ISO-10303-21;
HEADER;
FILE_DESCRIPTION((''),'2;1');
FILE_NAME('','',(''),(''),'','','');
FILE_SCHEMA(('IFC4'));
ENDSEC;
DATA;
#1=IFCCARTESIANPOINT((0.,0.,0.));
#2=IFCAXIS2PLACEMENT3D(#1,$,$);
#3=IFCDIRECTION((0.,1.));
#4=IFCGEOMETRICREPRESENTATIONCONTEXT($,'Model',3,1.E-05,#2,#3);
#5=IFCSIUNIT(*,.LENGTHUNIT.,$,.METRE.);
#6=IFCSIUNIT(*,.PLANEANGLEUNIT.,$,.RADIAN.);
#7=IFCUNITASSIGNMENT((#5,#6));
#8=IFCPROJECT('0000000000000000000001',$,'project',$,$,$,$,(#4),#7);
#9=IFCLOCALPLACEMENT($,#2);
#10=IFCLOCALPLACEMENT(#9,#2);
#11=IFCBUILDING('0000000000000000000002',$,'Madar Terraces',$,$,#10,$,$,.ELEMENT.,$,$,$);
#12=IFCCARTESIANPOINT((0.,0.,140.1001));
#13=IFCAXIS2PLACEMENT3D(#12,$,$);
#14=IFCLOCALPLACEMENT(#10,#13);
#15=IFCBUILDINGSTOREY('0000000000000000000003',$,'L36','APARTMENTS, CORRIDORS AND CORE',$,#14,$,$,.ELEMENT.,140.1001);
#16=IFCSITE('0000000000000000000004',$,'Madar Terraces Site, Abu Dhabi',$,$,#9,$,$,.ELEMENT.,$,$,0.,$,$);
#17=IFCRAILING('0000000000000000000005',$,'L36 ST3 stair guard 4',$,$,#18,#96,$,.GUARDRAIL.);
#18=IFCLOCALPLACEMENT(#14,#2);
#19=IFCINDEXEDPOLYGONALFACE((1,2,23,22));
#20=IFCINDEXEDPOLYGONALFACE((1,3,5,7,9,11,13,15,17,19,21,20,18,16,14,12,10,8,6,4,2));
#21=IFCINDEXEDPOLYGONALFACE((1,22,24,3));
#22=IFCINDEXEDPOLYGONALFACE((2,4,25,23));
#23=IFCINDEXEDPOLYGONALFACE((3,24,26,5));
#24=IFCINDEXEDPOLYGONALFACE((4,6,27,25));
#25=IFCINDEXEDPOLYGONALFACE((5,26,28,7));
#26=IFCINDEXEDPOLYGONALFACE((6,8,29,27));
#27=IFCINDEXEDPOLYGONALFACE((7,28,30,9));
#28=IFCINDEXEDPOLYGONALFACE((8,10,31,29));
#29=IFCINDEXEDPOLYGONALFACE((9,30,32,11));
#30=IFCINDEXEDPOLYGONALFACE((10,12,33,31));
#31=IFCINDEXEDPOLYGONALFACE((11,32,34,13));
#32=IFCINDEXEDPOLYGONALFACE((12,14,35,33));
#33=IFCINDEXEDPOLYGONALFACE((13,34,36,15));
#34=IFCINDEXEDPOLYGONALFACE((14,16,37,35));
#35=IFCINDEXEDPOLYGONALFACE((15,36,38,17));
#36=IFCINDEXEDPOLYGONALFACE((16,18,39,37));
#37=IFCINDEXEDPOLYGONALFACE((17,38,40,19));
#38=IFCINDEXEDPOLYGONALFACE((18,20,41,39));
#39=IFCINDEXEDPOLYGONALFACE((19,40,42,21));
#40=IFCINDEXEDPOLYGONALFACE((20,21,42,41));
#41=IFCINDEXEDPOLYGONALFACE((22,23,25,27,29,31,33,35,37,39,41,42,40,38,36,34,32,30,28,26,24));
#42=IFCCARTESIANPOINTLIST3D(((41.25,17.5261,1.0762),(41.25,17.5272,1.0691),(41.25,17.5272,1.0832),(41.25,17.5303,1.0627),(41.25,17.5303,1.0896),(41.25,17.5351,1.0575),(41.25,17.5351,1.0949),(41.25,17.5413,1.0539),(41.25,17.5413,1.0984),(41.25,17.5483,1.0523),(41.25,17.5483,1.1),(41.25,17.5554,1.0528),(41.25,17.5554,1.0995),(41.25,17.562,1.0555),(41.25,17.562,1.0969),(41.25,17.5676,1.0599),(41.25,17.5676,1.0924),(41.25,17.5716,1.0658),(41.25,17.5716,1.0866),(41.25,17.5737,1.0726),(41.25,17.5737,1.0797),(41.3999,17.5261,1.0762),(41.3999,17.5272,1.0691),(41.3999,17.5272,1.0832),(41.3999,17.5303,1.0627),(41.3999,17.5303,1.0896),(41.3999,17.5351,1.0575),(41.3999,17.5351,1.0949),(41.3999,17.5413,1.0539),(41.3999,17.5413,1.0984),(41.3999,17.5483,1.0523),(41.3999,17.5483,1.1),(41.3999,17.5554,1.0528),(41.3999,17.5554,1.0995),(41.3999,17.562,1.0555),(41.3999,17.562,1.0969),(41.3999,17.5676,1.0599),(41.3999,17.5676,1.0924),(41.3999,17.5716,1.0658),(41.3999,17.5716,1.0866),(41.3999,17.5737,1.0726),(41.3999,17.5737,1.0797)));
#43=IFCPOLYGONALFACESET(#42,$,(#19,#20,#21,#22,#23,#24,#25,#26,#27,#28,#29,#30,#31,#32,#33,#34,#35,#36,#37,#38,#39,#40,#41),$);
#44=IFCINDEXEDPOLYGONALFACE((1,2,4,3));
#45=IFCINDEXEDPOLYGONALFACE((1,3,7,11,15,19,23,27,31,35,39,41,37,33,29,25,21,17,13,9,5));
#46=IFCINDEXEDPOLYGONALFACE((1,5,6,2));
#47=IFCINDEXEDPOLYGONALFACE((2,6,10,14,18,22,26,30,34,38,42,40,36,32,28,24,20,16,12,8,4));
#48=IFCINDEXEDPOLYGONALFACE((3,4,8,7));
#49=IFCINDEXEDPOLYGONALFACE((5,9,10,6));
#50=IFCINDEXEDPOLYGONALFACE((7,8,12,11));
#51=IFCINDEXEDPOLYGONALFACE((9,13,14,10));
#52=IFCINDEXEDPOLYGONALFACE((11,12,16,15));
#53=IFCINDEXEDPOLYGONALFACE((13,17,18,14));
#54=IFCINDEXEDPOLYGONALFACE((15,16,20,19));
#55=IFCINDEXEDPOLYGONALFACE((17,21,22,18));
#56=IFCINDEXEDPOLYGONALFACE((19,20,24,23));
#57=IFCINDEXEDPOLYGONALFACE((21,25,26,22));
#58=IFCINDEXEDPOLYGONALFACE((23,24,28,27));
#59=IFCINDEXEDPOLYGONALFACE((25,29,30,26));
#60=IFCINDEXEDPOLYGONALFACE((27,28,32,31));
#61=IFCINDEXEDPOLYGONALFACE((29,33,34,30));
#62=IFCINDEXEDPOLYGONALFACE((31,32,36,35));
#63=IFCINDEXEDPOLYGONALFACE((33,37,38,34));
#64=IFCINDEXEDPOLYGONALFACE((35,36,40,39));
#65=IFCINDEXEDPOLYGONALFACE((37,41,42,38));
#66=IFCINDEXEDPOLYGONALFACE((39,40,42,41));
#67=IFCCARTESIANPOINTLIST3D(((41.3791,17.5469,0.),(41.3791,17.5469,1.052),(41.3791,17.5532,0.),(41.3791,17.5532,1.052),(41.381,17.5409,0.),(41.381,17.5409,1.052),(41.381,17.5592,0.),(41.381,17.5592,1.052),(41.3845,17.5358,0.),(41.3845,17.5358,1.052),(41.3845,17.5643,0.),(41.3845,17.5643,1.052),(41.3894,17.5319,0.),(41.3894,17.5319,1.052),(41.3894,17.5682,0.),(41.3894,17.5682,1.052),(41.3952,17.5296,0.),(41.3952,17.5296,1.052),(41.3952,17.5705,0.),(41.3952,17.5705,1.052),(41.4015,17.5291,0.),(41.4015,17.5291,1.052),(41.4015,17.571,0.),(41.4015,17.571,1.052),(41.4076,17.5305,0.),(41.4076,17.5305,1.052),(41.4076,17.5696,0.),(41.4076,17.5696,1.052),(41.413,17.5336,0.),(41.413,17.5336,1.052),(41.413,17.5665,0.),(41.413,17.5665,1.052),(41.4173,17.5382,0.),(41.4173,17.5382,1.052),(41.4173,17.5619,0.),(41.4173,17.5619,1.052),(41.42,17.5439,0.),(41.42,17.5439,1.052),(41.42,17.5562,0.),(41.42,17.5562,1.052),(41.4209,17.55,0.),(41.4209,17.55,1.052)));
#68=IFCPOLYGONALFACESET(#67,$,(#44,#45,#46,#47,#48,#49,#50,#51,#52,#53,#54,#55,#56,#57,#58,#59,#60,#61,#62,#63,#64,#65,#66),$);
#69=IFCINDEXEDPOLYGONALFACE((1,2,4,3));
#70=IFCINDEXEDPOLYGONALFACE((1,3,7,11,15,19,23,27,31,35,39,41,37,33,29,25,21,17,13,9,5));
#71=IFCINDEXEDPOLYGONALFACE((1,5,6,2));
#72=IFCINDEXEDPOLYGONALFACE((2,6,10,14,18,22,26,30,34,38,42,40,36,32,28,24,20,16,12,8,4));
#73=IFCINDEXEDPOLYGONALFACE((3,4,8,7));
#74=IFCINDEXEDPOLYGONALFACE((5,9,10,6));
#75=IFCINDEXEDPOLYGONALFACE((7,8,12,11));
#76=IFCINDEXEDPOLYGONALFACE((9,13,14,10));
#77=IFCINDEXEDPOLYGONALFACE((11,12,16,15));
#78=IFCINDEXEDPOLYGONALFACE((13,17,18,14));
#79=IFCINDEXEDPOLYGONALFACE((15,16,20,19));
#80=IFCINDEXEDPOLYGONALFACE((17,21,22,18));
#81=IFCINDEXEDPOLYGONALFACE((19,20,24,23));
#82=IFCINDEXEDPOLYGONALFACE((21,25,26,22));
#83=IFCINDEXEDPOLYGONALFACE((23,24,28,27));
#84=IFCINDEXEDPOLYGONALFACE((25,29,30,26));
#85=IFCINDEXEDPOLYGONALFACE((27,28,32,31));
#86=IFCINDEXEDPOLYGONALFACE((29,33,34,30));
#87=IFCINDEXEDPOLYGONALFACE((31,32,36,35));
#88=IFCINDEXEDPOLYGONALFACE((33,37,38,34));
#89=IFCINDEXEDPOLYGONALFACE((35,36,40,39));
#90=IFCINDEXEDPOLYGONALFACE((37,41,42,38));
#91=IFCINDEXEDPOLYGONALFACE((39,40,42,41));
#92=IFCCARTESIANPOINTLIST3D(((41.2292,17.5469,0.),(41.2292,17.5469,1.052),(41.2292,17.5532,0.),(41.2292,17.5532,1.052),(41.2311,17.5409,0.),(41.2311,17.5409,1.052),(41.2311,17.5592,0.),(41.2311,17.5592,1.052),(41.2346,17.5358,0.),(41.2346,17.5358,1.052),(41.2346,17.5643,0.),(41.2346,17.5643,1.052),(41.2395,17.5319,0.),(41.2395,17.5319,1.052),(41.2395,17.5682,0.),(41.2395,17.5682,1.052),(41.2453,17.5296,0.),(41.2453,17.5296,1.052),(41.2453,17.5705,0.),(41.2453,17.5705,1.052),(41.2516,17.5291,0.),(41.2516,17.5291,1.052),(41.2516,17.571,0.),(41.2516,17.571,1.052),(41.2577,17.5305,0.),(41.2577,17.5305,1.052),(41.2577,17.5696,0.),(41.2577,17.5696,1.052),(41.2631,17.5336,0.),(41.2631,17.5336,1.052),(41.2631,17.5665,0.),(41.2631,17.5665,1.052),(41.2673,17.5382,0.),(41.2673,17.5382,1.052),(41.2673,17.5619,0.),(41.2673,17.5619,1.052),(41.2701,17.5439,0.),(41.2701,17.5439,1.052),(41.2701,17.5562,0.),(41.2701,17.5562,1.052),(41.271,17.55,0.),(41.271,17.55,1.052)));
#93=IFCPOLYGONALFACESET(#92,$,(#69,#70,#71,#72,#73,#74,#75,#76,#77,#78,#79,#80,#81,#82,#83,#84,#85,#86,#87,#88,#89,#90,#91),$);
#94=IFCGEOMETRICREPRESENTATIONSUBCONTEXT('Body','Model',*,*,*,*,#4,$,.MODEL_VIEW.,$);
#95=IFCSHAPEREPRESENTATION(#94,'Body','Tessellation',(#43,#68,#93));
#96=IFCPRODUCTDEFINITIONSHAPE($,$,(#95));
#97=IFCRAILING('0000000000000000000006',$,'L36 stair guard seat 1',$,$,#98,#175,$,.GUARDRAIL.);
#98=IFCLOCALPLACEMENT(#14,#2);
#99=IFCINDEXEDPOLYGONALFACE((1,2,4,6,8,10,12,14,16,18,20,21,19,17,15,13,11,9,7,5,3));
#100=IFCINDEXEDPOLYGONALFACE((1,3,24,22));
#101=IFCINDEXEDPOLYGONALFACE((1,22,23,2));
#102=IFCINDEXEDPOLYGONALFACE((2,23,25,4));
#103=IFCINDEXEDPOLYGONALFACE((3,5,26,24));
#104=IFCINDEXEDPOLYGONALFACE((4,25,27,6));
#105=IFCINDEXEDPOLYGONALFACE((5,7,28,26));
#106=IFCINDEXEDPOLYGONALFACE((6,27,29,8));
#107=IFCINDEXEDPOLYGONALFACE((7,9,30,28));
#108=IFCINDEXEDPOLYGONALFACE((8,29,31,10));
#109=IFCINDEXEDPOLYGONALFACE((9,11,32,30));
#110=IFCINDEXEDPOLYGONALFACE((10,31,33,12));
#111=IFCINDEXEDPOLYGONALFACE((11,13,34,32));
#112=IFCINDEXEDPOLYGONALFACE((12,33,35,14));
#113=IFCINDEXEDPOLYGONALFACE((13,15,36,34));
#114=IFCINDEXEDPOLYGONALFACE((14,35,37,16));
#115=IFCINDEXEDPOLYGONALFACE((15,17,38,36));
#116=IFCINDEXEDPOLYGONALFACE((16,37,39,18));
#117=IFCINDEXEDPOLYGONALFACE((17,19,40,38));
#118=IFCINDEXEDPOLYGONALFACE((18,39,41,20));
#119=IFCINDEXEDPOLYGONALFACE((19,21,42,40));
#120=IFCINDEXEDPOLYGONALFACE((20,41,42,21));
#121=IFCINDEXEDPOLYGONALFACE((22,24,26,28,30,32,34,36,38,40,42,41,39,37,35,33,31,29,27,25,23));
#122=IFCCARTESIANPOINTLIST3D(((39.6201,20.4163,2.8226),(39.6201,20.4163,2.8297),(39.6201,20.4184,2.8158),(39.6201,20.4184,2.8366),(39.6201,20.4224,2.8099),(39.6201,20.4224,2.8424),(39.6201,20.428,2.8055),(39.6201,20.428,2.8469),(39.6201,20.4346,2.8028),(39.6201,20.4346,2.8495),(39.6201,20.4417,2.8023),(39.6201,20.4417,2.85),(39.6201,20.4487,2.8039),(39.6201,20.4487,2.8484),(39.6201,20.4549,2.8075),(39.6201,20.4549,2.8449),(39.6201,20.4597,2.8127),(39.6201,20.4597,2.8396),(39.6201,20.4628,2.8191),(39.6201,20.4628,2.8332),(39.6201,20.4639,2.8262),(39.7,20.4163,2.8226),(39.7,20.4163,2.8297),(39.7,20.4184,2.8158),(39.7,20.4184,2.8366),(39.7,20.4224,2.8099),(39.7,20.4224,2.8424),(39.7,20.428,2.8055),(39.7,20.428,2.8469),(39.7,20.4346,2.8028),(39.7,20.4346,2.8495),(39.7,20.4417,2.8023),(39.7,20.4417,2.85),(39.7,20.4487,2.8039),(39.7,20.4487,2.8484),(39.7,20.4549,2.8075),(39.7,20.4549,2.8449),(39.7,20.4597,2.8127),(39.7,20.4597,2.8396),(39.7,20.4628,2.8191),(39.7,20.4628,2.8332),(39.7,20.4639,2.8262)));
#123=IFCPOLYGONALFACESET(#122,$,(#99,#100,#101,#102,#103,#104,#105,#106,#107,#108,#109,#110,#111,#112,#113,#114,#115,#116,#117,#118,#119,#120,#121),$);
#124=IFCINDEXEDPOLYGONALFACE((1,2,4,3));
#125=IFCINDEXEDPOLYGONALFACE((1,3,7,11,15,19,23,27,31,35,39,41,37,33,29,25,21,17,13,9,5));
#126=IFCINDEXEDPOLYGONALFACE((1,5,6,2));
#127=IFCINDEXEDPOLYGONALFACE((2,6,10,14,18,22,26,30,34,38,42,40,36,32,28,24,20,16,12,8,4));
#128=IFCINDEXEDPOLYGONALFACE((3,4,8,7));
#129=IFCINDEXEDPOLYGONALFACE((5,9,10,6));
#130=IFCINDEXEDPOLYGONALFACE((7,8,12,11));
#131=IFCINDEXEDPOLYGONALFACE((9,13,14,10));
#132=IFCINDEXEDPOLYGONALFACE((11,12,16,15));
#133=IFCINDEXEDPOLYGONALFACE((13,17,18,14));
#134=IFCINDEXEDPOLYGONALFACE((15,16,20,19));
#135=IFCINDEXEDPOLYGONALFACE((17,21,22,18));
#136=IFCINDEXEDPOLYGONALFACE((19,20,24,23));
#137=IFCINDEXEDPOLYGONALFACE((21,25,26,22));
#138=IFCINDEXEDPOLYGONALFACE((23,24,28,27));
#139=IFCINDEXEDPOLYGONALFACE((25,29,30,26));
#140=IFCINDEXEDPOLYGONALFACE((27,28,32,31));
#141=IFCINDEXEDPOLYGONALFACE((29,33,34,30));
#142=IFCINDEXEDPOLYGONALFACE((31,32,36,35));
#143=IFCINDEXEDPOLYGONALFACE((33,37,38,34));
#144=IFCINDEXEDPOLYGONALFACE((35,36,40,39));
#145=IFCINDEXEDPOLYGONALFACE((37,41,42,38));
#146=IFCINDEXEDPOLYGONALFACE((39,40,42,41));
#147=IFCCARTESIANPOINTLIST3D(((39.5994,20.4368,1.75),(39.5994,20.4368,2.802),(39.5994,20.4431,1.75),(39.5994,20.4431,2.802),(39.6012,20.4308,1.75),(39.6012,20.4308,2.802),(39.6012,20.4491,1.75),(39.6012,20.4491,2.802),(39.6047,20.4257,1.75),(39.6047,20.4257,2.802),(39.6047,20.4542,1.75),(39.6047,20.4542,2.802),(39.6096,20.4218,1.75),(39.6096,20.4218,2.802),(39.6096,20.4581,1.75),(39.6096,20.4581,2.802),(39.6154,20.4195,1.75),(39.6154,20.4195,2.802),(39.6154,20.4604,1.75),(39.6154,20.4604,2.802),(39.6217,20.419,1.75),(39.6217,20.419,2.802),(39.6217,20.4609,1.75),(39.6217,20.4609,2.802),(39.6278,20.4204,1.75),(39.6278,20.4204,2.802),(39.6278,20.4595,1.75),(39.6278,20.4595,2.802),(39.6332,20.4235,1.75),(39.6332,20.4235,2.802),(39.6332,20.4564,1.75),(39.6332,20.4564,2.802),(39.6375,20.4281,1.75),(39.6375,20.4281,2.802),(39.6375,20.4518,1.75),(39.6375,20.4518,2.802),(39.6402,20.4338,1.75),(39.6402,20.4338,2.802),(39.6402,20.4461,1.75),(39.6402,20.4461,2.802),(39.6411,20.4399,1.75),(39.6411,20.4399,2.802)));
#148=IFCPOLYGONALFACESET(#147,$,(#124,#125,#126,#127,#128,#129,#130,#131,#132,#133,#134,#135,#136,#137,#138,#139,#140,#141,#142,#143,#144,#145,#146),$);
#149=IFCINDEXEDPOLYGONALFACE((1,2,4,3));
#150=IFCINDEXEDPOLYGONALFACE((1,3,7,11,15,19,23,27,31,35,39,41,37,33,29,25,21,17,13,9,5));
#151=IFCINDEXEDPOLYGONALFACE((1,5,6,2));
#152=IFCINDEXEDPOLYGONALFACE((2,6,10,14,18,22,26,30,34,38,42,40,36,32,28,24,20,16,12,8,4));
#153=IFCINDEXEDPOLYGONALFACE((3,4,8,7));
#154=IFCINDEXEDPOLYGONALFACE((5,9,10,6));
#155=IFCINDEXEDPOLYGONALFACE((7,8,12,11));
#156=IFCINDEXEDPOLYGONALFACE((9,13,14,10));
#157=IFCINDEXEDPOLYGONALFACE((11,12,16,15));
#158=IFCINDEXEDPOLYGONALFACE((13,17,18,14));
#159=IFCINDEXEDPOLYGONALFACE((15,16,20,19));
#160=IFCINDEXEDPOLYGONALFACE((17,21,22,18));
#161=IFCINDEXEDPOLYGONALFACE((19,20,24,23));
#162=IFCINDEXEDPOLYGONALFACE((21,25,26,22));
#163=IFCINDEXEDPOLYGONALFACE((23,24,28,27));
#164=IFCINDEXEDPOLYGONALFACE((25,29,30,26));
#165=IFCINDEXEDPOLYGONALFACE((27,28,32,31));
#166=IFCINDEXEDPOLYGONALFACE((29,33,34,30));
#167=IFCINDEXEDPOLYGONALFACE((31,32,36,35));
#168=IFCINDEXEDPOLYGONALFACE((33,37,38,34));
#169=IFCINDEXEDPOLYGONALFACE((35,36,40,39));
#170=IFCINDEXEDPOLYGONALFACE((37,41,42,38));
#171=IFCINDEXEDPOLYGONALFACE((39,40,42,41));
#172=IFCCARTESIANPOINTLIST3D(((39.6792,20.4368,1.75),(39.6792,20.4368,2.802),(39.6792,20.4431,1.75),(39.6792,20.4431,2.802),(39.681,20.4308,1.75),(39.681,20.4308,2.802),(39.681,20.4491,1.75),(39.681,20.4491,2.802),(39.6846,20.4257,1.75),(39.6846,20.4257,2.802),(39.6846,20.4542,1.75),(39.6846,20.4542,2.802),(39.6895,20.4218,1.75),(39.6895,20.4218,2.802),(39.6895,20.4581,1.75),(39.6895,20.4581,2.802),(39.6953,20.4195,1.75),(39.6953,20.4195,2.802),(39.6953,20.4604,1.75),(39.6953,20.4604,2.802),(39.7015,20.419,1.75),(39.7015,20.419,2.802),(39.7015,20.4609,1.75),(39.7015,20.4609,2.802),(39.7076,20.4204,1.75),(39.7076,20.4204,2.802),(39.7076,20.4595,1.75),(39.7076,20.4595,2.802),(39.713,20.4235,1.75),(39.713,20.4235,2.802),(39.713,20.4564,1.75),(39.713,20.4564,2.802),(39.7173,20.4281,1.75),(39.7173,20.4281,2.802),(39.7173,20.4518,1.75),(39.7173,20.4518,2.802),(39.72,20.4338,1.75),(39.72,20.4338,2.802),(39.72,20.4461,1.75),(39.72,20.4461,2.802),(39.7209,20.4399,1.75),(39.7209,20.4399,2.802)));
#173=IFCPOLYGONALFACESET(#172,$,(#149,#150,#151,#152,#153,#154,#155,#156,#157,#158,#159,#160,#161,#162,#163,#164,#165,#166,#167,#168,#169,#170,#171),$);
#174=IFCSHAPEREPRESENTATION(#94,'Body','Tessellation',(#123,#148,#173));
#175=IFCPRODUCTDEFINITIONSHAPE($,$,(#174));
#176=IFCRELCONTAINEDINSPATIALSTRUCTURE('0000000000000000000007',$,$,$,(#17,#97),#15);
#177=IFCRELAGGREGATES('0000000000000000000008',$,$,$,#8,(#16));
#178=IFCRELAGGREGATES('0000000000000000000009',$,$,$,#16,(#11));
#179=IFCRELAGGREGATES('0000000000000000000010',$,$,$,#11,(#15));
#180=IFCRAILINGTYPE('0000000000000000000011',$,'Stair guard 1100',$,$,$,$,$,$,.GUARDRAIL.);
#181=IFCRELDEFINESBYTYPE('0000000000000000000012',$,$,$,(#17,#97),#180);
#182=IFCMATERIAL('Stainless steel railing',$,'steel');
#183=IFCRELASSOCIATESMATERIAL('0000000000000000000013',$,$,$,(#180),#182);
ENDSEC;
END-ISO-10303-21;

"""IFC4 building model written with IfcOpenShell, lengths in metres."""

from ifc_helpers import new_model, si_unit, direction, frame, origin, origin_2d, place, context, subcontext, project, spatial, circle, extrude, material, type_object, element, save


model = new_model("IFC4")

# Units and contexts
model_context = context("Model", 3, precision=1e-05, world=origin(), true_north=direction((0.0, 1.0)))
body_context = subcontext(model_context, "Body", "Model", "MODEL_VIEW")
ifc_project = project(units=[si_unit("LENGTHUNIT", "METRE"), si_unit("PLANEANGLEUNIT", "RADIAN")], contexts=[model_context])

# Site, building, storey
site_placement = place(None, origin())
site = spatial("IfcSite", under=ifc_project, at=site_placement, Name="Madar Terraces Site, Abu Dhabi", CompositionType="ELEMENT", RefElevation=0.0)
building_placement = place(site_placement, origin())
building = spatial("IfcBuilding", under=site, at=building_placement, Name="Madar Terraces", CompositionType="ELEMENT")
storey_placement = place(building_placement, frame((0.0, 0.0, 140.1001)))
storey = spatial("IfcBuildingStorey", under=building, at=storey_placement, Name="L36", Description="APARTMENTS, CORRIDORS AND CORE", CompositionType="ELEMENT", Elevation=140.1001)

# Railings
ifc_material_1 = material(Name="Stainless steel railing", Category="steel")
railing_type_1 = type_object("IfcRailingType", Name="Stair guard 1100", PredefinedType="GUARDRAIL", material=ifc_material_1)
railing_1_placement = place(storey_placement, frame((41.3999, 17.55, 0.0)))
element("IfcRailing", 1, at=railing_1_placement, inside=storey, type_object=railing_type_1, Name="L36 ST3 stair guard 4", PredefinedType="GUARDRAIL", context=body_context, shape_type="SweptSolid", body=[
    extrude(circle(Radius=0.0239, at=origin_2d()), frame((0.0, 0.0, 1.0762), z_axis=(-1.0, 0.0, 0.0), x_axis=(0.0, -1.0, 0.0)), (0.0, 0.0, 1.0), 0.1499),
    extrude(circle(Radius=0.021, at=origin_2d()), origin(), (0.0, 0.0, 1.0), 1.052),
    extrude(circle(Radius=0.021, at=origin_2d()), frame((-0.1499, 0.0, 0.0)), (0.0, 0.0, 1.0), 1.052),
])
railing_2_placement = place(storey_placement, frame((39.6201, 20.4399, 1.75)))
element("IfcRailing", 2, at=railing_2_placement, inside=storey, type_object=railing_type_1, Name="L36 stair guard seat 1", PredefinedType="GUARDRAIL", context=body_context, shape_type="SweptSolid", body=[
    extrude(circle(Radius=0.0239, at=origin_2d()), frame((0.0, 0.0, 1.0762), z_axis=(1.0, 0.0, 0.0), x_axis=(0.0, 1.0, 0.0)), (0.0, 0.0, 1.0), 0.0798),
    extrude(circle(Radius=0.021, at=origin_2d()), origin(), (0.0, 0.0, 1.0), 1.052),
    extrude(circle(Radius=0.021, at=origin_2d()), frame((0.0798, 0.0, 0.0)), (0.0, 0.0, 1.0), 1.052),
])

save(model, "model.ifc")
